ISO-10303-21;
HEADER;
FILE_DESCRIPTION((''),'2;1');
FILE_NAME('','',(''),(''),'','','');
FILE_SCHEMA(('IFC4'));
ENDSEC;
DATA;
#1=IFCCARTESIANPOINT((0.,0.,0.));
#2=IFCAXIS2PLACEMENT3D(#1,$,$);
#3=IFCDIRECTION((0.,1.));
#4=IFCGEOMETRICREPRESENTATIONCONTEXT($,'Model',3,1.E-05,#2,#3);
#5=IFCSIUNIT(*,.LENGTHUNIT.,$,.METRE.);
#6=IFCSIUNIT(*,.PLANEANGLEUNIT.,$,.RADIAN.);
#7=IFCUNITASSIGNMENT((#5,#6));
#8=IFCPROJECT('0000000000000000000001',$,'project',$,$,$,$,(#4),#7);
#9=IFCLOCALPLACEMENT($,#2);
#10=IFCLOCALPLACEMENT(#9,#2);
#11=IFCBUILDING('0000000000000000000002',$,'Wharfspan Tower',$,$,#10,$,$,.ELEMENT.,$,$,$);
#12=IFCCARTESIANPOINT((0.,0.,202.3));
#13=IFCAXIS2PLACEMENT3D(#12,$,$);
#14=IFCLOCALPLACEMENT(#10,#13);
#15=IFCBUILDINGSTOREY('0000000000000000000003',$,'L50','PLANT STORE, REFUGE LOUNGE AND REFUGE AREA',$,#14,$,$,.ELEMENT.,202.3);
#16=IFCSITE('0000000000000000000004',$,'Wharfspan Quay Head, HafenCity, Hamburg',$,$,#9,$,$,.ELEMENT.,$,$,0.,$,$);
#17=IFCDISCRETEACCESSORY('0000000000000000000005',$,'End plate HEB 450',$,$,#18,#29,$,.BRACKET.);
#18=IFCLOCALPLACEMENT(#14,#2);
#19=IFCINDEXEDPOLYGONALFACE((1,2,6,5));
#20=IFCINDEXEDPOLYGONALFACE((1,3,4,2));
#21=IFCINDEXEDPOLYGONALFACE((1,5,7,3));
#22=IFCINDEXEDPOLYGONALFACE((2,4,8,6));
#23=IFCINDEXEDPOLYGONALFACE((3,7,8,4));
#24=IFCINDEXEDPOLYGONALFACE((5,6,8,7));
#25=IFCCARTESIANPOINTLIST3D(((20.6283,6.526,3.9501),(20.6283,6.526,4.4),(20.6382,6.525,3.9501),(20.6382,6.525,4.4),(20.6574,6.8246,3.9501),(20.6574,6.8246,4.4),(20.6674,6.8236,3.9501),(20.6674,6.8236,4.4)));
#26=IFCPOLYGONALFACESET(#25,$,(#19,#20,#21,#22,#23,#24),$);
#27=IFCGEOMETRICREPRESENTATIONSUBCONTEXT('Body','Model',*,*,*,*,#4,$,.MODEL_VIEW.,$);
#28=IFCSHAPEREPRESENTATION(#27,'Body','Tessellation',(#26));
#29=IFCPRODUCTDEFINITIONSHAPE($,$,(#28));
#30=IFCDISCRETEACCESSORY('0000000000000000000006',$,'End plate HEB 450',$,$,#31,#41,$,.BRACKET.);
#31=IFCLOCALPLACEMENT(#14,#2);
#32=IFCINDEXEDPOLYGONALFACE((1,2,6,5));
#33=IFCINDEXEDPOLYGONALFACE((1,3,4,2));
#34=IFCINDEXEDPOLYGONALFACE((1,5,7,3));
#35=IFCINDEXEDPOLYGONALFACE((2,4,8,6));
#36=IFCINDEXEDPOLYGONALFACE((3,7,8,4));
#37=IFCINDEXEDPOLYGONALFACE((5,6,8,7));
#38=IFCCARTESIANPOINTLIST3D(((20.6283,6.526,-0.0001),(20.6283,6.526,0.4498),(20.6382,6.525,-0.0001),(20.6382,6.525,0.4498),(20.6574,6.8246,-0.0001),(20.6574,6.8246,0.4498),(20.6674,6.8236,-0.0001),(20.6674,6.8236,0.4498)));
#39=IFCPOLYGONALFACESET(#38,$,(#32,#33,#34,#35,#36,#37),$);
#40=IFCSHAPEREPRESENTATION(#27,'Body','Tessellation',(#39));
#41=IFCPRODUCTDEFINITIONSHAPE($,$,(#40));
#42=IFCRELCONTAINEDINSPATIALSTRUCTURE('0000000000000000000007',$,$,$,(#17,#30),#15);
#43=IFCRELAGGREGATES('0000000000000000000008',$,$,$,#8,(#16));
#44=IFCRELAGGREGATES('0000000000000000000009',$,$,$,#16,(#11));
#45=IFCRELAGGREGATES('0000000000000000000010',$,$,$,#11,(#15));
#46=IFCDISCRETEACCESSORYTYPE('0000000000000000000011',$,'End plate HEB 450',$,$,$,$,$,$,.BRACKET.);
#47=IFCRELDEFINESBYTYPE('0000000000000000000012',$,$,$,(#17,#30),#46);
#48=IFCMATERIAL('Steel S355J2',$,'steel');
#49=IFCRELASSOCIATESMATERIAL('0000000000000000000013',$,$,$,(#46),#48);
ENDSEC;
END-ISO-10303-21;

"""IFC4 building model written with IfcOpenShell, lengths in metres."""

from ifc_helpers import new_model, si_unit, direction, frame, origin, origin_2d, place, context, subcontext, project, spatial, rectangle, extrude, material, material_profile, profile_set, type_object, element, save


model = new_model("IFC4")

# Units and contexts
model_context = context("Model", 3, precision=1e-05, world=origin(), true_north=direction((0.0, 1.0)))
body_context = subcontext(model_context, "Body", "Model", "MODEL_VIEW")
ifc_project = project(units=[si_unit("LENGTHUNIT", "METRE"), si_unit("PLANEANGLEUNIT", "RADIAN")], contexts=[model_context])

# Site, building, storey
site_placement = place(None, origin())
site = spatial("IfcSite", under=ifc_project, at=site_placement, Name="Wharfspan Quay Head, HafenCity, Hamburg", CompositionType="ELEMENT", RefElevation=0.0)
building_placement = place(site_placement, origin())
building = spatial("IfcBuilding", under=site, at=building_placement, Name="Wharfspan Tower", CompositionType="ELEMENT")
storey_placement = place(building_placement, frame((0.0, 0.0, 202.3)))
storey = spatial("IfcBuildingStorey", under=building, at=storey_placement, Name="L50", Description="PLANT STORE, REFUGE LOUNGE AND REFUGE AREA", CompositionType="ELEMENT", Elevation=202.3)

# Shared definitions
ifc_material_1 = material(Name="Steel S355J2", Category="steel")

# Discrete accessories
ifc_material_profile_1 = material_profile(ifc_material_1, rectangle(XDim=0.3, YDim=0.45, at=origin_2d()))
ifc_profile_set_1 = profile_set([ifc_material_profile_1], Name="Steel S355J2")
discrete_accessory_type_1 = type_object("IfcDiscreteAccessoryType", Name="End plate HEB 450", PredefinedType="BRACKET", material=ifc_profile_set_1)
for number, where, z_axis, x_axis, name in (
    (1, (20.6428, 6.6753, 4.175), (0.995275, -0.0971, 0.0), (0.0971, 0.995275, 0.0), "End plate HEB 450"),
    (2, (20.6428, 6.6753, 0.2249), (0.995275, -0.0971, 0.0), (0.0971, 0.995275, 0.0), "End plate HEB 450"),
):
    element("IfcDiscreteAccessory", number, at=place(storey_placement, frame(where, z_axis=z_axis, x_axis=x_axis)), inside=storey, type_object=discrete_accessory_type_1, Name=name, PredefinedType="BRACKET", context=body_context, shape_type="SweptSolid", body=[
        extrude(rectangle(XDim=0.3, YDim=0.45, at=origin_2d()), origin(), (0.0, 0.0, 1.0), 0.01),
    ])

save(model, "model.ifc")
